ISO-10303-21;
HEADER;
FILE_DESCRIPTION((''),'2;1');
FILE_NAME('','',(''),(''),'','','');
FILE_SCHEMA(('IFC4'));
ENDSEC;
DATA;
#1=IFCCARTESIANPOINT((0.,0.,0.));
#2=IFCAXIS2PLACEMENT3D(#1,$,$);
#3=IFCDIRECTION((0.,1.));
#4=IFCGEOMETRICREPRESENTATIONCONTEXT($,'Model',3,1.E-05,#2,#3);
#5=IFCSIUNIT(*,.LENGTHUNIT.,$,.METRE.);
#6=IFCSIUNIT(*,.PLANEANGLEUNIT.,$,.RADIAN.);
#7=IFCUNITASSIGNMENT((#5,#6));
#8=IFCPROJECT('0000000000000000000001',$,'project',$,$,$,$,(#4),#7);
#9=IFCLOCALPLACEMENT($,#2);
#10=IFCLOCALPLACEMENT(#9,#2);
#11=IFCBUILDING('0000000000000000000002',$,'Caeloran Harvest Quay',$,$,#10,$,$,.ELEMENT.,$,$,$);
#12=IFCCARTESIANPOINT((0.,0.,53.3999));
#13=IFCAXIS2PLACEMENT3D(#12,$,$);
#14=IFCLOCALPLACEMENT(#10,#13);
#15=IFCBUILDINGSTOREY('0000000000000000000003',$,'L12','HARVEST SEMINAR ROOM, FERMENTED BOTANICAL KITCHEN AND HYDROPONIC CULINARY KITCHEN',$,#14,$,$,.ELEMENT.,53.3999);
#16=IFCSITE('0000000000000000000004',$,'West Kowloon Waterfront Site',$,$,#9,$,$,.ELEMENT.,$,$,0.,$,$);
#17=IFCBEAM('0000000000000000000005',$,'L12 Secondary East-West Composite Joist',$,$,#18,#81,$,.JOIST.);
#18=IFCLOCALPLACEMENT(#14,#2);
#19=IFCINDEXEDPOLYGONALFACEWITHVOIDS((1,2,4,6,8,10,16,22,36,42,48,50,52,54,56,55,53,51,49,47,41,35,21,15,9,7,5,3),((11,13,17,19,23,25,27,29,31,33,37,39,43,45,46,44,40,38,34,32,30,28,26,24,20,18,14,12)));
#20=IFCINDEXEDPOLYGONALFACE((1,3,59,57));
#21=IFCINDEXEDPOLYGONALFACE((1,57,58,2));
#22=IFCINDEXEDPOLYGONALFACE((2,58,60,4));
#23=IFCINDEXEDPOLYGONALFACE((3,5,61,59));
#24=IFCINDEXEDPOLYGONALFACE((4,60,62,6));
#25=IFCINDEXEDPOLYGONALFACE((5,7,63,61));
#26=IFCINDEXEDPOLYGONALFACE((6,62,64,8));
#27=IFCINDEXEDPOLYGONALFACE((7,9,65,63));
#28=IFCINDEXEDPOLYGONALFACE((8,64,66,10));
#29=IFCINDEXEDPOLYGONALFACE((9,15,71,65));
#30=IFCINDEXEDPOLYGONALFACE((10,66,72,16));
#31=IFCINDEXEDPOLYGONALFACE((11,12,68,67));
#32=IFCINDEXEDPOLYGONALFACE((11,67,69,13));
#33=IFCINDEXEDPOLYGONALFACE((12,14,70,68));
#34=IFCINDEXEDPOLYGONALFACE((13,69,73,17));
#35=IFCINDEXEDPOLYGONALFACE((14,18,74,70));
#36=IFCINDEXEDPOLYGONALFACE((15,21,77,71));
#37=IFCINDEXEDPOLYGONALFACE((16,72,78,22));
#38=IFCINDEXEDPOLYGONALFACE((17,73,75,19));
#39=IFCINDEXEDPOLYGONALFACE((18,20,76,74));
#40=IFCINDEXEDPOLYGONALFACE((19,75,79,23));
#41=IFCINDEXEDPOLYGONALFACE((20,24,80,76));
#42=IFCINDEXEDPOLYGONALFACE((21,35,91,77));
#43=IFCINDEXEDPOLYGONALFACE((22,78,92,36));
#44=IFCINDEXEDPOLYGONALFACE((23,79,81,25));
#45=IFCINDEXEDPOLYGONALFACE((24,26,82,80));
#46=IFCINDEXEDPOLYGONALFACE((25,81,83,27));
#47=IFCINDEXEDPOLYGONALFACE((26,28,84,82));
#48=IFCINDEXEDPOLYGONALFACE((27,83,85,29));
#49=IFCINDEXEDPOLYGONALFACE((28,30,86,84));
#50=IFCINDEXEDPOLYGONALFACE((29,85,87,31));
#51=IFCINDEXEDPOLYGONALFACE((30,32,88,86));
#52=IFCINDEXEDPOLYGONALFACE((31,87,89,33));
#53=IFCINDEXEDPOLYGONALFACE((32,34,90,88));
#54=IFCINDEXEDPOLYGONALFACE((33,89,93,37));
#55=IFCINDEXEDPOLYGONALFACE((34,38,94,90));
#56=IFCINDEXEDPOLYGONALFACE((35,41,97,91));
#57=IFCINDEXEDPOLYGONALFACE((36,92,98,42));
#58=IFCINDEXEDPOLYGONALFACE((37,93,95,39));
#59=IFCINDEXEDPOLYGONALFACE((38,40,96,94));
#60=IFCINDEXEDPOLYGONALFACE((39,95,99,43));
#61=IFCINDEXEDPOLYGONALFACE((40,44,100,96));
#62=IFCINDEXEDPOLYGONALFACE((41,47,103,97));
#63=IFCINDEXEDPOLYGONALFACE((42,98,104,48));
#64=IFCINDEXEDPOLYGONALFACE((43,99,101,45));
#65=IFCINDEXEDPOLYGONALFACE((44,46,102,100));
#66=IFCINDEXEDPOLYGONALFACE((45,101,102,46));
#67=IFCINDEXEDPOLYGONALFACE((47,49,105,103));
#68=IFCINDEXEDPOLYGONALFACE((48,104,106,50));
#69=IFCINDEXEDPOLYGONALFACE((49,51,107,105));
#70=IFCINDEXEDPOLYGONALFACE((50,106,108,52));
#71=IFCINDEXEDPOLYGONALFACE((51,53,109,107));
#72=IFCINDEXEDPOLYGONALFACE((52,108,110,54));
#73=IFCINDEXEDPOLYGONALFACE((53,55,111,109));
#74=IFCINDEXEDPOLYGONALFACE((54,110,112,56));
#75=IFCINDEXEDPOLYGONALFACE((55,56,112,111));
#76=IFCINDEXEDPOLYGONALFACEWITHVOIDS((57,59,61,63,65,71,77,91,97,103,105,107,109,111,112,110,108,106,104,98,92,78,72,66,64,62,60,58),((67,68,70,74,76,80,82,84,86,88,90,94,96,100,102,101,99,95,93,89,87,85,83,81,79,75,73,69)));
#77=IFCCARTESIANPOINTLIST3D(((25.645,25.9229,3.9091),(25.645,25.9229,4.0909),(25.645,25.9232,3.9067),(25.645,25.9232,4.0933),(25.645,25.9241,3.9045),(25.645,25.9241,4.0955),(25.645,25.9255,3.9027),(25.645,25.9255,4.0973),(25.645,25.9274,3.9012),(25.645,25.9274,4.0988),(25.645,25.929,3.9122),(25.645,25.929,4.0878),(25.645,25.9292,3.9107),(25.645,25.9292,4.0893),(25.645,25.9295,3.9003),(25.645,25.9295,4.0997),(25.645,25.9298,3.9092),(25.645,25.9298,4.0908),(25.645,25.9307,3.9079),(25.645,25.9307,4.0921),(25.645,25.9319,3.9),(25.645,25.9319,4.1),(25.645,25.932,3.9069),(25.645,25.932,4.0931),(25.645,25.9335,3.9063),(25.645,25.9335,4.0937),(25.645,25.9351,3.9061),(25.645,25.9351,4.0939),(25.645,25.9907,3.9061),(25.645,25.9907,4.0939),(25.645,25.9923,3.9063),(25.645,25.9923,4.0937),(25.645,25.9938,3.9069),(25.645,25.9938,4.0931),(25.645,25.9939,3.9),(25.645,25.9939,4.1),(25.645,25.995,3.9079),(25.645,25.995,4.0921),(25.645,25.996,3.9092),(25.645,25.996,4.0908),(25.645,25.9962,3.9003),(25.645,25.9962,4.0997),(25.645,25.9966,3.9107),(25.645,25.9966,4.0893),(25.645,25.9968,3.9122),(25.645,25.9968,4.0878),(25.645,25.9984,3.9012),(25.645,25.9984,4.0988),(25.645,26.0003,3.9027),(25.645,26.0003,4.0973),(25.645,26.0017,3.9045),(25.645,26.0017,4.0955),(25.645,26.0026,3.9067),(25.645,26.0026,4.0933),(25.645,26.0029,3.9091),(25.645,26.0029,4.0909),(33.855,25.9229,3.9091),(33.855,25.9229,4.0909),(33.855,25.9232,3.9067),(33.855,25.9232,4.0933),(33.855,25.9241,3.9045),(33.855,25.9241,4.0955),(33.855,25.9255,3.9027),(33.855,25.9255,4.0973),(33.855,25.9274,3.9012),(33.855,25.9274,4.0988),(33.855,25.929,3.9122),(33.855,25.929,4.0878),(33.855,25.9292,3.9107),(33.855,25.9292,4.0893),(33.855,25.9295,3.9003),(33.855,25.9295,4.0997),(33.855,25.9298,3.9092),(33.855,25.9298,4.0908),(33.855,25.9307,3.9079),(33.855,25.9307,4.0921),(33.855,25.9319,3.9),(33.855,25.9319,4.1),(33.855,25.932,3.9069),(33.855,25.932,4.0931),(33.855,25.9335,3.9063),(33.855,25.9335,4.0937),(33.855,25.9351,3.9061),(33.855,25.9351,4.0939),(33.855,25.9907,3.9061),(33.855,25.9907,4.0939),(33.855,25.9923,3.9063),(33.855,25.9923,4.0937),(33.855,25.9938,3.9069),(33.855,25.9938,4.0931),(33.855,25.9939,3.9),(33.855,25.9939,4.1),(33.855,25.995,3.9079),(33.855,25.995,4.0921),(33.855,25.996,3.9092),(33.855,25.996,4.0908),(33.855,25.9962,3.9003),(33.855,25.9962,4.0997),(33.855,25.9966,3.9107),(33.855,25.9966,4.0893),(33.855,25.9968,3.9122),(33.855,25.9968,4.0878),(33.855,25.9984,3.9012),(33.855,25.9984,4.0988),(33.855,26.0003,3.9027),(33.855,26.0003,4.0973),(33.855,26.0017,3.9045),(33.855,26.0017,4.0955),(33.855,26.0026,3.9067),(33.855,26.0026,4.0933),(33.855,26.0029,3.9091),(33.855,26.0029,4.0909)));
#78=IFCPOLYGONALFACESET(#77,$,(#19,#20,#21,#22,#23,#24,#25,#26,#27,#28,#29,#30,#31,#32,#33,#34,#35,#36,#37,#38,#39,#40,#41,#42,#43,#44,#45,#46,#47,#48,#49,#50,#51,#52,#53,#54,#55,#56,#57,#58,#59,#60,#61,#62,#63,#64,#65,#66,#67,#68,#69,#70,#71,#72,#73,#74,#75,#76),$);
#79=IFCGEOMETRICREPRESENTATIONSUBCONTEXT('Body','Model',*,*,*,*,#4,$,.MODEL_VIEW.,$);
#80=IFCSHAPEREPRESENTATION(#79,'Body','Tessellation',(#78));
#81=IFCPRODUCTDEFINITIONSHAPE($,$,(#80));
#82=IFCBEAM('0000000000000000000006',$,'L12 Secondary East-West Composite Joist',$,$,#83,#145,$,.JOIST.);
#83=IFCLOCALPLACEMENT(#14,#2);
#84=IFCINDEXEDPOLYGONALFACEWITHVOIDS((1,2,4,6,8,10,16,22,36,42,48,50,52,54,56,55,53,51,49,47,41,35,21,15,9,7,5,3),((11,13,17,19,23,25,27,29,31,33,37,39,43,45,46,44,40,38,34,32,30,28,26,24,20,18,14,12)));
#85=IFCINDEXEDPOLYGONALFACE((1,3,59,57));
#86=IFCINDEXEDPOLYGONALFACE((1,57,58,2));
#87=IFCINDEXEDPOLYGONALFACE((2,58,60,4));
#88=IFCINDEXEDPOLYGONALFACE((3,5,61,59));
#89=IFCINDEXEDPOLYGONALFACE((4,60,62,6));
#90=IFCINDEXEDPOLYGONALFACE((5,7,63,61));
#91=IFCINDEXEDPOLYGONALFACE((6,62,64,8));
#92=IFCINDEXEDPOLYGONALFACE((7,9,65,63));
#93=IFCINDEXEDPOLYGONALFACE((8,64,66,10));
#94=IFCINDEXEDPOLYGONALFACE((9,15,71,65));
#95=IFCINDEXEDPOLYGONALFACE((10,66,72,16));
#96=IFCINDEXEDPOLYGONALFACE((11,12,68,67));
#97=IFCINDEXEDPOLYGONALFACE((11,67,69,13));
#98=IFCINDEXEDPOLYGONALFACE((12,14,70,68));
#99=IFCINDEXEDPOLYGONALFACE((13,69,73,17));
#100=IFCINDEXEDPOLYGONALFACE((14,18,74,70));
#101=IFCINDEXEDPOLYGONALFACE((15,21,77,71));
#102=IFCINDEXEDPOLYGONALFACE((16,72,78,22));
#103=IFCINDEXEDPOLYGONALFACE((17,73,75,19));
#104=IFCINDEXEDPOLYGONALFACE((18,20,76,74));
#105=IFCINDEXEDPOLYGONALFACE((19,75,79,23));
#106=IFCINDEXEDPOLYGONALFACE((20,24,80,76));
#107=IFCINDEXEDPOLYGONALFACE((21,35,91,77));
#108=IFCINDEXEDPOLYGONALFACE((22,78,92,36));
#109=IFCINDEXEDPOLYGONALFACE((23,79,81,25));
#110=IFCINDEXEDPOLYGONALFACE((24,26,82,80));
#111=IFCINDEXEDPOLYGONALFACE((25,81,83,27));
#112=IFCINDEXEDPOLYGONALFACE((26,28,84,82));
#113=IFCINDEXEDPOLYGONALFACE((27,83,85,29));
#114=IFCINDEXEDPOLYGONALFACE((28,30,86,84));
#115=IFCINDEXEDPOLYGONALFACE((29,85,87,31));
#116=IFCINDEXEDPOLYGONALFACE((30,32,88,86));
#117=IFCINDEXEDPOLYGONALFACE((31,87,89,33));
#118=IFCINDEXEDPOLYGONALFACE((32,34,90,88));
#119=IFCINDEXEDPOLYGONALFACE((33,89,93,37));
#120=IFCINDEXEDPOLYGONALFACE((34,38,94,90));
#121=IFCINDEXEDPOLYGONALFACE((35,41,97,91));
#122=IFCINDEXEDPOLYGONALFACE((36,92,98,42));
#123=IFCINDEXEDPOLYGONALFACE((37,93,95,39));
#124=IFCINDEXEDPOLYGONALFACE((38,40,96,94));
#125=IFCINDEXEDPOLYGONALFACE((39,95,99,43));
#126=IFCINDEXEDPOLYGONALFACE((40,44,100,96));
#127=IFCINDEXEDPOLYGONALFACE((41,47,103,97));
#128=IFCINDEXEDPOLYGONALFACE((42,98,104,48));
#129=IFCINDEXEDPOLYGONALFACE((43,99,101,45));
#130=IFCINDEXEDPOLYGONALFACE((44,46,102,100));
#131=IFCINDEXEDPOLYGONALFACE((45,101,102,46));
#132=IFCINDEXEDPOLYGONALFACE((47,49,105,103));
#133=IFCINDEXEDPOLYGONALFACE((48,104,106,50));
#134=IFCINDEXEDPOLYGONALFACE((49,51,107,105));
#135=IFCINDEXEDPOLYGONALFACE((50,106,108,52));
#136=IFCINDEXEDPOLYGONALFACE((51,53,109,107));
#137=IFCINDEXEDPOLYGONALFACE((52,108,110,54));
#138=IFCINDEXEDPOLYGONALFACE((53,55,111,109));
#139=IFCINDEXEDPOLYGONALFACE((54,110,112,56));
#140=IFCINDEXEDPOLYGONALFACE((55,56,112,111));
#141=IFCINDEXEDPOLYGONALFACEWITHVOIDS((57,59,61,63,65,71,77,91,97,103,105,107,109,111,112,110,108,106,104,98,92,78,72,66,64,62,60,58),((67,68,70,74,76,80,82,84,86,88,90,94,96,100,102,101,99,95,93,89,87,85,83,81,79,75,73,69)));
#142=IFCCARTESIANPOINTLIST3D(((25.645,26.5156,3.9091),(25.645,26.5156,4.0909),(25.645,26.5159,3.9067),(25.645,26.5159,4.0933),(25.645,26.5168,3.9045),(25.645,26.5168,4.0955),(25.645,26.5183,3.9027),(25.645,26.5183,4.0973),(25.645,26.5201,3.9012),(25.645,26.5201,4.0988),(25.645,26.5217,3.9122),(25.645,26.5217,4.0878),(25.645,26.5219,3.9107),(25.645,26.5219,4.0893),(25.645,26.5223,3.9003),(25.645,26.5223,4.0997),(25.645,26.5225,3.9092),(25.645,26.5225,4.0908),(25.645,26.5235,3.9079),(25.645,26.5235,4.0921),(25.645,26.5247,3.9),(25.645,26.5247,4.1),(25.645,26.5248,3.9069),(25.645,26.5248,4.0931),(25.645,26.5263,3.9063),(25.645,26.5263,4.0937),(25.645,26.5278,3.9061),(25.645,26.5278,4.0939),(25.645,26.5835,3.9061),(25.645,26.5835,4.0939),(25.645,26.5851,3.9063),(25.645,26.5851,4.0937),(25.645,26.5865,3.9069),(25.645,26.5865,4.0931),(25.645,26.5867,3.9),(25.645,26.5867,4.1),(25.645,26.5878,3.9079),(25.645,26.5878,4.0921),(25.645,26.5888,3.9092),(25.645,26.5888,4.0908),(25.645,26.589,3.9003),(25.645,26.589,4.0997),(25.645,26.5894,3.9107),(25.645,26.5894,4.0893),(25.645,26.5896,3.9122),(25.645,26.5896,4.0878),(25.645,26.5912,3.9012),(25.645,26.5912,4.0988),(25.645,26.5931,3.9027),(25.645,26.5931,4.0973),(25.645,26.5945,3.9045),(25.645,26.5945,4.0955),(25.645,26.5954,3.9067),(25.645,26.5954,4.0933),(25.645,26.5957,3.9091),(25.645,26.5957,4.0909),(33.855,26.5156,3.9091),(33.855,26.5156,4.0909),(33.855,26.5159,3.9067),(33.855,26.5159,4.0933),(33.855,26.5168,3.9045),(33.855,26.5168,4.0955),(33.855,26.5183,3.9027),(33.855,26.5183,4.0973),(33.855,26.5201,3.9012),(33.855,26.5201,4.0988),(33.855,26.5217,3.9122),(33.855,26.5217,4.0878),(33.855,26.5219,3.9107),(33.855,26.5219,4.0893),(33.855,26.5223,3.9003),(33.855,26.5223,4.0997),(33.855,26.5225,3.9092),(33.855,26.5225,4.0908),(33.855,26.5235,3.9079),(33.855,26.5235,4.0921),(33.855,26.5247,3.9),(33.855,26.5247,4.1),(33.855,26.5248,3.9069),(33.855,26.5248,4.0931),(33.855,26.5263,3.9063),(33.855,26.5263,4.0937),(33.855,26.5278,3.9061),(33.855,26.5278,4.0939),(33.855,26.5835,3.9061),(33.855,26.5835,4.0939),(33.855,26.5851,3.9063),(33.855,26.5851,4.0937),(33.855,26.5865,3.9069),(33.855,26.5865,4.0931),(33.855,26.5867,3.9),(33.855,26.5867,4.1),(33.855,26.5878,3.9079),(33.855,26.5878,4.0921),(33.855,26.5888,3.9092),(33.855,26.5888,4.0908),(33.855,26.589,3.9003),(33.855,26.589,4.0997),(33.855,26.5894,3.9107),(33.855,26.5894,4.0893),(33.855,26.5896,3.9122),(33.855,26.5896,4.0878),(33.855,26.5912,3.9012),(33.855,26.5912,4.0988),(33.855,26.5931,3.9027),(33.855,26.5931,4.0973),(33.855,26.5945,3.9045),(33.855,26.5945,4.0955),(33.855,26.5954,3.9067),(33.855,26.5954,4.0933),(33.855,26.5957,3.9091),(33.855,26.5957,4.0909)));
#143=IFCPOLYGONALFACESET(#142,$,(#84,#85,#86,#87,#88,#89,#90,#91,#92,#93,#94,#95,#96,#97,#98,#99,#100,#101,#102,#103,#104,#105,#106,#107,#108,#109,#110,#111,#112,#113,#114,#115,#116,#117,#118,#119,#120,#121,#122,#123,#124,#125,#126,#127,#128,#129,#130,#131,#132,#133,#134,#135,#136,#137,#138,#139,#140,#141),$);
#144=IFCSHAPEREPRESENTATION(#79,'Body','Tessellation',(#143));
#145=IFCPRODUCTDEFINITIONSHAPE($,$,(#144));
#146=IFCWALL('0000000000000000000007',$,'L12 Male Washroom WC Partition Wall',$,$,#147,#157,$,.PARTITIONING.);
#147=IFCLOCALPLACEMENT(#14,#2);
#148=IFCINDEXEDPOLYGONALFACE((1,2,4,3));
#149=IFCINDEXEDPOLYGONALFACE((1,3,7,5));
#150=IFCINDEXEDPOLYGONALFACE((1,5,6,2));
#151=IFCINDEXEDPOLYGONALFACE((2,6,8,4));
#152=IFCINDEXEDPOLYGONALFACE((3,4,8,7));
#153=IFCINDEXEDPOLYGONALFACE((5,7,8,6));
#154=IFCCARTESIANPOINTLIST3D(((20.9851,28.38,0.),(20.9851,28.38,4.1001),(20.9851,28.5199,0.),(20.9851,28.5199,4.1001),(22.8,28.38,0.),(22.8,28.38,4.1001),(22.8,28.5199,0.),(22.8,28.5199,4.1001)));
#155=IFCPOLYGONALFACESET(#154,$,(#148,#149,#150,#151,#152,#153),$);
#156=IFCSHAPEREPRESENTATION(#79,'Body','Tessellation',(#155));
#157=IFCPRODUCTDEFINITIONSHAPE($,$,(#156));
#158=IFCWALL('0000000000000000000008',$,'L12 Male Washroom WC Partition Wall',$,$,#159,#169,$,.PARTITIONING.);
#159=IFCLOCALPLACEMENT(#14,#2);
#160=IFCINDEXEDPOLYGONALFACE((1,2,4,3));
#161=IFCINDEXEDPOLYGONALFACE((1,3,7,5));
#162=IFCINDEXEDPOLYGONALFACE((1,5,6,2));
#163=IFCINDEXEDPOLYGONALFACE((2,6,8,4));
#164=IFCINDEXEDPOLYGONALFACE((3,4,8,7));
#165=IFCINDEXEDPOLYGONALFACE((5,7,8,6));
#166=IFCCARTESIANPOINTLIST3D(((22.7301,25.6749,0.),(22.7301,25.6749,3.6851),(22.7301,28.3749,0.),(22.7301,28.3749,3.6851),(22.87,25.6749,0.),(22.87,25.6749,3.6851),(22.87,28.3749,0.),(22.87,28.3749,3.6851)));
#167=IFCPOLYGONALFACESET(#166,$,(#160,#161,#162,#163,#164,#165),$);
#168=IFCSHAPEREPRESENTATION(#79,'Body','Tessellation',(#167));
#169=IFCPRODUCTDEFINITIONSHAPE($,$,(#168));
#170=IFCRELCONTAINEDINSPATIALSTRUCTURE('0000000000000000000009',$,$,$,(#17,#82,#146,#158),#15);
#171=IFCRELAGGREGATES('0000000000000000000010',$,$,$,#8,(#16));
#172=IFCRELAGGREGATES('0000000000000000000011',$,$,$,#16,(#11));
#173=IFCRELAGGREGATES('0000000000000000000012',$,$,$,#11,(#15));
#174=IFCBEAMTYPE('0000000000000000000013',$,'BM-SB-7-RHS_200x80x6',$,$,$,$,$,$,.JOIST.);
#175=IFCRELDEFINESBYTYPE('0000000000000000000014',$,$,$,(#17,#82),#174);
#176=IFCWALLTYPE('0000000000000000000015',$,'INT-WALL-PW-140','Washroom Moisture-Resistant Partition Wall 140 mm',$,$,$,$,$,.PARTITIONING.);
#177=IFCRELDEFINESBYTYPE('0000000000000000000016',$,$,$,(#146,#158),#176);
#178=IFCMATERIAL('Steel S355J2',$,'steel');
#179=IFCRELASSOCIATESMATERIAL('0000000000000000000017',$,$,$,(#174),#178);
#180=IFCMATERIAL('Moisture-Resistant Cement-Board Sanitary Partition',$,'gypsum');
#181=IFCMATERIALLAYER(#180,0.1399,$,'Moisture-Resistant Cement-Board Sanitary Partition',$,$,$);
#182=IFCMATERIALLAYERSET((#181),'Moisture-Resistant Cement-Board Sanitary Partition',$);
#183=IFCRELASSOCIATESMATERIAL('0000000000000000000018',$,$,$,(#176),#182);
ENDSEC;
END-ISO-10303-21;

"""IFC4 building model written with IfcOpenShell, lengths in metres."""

from ifc_helpers import new_model, si_unit, direction, frame, frame_2d, origin, origin_2d, place, context, subcontext, project, spatial, rectangle, hollow_rectangle, extrude, material, layer, layer_set, material_profile, profile_set, type_object, element, save


model = new_model("IFC4")

# Units and contexts
model_context = context("Model", 3, precision=1e-05, world=origin(), true_north=direction((0.0, 1.0)))
body_context = subcontext(model_context, "Body", "Model", "MODEL_VIEW")
ifc_project = project(units=[si_unit("LENGTHUNIT", "METRE"), si_unit("PLANEANGLEUNIT", "RADIAN")], contexts=[model_context])

# Site, building, storey
site_placement = place(None, origin())
site = spatial("IfcSite", under=ifc_project, at=site_placement, Name="West Kowloon Waterfront Site", CompositionType="ELEMENT", RefElevation=0.0)
building_placement = place(site_placement, origin())
building = spatial("IfcBuilding", under=site, at=building_placement, Name="Caeloran Harvest Quay", CompositionType="ELEMENT")
storey_placement = place(building_placement, frame((0.0, 0.0, 53.3999)))
storey = spatial("IfcBuildingStorey", under=building, at=storey_placement, Name="L12", Description="HARVEST SEMINAR ROOM, FERMENTED BOTANICAL KITCHEN AND HYDROPONIC CULINARY KITCHEN", CompositionType="ELEMENT", Elevation=53.3999)

# Beams
ifc_material_1 = material(Name="Steel S355J2", Category="steel")
ifc_material_profile_1 = material_profile(ifc_material_1, hollow_rectangle(XDim=0.0801, YDim=0.2, WallThickness=0.0061, InnerFilletRadius=0.0061, OuterFilletRadius=0.009, at=origin_2d()), Name="RHS 200x80x6")
ifc_profile_set_1 = profile_set([ifc_material_profile_1], Name="Steel S355J2")
beam_type_1 = type_object("IfcBeamType", Name="BM-SB-7-RHS_200x80x6", PredefinedType="JOIST", material=ifc_profile_set_1)
for number, where, z_axis, x_axis, name in (
    (1, (25.645, 25.9629, 4.0), (1.0, 0.0, 0.0), (0.0, 1.0, 0.0), "L12 Secondary East-West Composite Joist"),
    (2, (25.645, 26.5557, 4.0), (1.0, 0.0, 0.0), (0.0, 1.0, 0.0), "L12 Secondary East-West Composite Joist"),
):
    element("IfcBeam", number, at=place(storey_placement, frame(where, z_axis=z_axis, x_axis=x_axis)), inside=storey, type_object=beam_type_1, Name=name, PredefinedType="JOIST", context=body_context, shape_type="SweptSolid", body=[
        extrude(hollow_rectangle(XDim=0.0801, YDim=0.2, WallThickness=0.0061, InnerFilletRadius=0.0061, OuterFilletRadius=0.009, at=origin_2d()), origin(), (0.0, 0.0, 1.0), 8.21),
    ])

# Walls
ifc_material_2 = material(Name="Moisture-Resistant Cement-Board Sanitary Partition", Category="gypsum")
ifc_layer_1 = layer(ifc_material_2, 0.1399, Name="Moisture-Resistant Cement-Board Sanitary Partition")
ifc_layer_set_1 = layer_set([ifc_layer_1], Name="Moisture-Resistant Cement-Board Sanitary Partition")
wall_type_1 = type_object("IfcWallType", Name="INT-WALL-PW-140", Description="Washroom Moisture-Resistant Partition Wall 140 mm", PredefinedType="PARTITIONING", material=ifc_layer_set_1)
wall_1_placement = place(storey_placement, frame((20.9851, 28.45, 0.0), z_axis=(0.0, 0.0, 1.0), x_axis=(1.0, 0.0, 0.0)))
element("IfcWall", 3, at=wall_1_placement, inside=storey, type_object=wall_type_1, Name="L12 Male Washroom WC Partition Wall", PredefinedType="PARTITIONING", context=body_context, shape_type="SweptSolid", body=[
    extrude(rectangle(XDim=1.8149, YDim=0.1399, at=frame_2d((0.9075, 0.0))), origin(), (0.0, 0.0, 1.0), 4.1001),
])
wall_2_placement = place(storey_placement, frame((22.8, 28.375, 0.0), z_axis=(0.0, 0.0, 1.0), x_axis=(0.0, -1.0, 0.0)))
element("IfcWall", 4, at=wall_2_placement, inside=storey, type_object=wall_type_1, Name="L12 Male Washroom WC Partition Wall", PredefinedType="PARTITIONING", context=body_context, shape_type="SweptSolid", body=[
    extrude(rectangle(XDim=2.7, YDim=0.1399, at=frame_2d((1.3501, 0.0))), origin(), (0.0, 0.0, 1.0), 3.6851),
])

save(model, "model.ifc")
